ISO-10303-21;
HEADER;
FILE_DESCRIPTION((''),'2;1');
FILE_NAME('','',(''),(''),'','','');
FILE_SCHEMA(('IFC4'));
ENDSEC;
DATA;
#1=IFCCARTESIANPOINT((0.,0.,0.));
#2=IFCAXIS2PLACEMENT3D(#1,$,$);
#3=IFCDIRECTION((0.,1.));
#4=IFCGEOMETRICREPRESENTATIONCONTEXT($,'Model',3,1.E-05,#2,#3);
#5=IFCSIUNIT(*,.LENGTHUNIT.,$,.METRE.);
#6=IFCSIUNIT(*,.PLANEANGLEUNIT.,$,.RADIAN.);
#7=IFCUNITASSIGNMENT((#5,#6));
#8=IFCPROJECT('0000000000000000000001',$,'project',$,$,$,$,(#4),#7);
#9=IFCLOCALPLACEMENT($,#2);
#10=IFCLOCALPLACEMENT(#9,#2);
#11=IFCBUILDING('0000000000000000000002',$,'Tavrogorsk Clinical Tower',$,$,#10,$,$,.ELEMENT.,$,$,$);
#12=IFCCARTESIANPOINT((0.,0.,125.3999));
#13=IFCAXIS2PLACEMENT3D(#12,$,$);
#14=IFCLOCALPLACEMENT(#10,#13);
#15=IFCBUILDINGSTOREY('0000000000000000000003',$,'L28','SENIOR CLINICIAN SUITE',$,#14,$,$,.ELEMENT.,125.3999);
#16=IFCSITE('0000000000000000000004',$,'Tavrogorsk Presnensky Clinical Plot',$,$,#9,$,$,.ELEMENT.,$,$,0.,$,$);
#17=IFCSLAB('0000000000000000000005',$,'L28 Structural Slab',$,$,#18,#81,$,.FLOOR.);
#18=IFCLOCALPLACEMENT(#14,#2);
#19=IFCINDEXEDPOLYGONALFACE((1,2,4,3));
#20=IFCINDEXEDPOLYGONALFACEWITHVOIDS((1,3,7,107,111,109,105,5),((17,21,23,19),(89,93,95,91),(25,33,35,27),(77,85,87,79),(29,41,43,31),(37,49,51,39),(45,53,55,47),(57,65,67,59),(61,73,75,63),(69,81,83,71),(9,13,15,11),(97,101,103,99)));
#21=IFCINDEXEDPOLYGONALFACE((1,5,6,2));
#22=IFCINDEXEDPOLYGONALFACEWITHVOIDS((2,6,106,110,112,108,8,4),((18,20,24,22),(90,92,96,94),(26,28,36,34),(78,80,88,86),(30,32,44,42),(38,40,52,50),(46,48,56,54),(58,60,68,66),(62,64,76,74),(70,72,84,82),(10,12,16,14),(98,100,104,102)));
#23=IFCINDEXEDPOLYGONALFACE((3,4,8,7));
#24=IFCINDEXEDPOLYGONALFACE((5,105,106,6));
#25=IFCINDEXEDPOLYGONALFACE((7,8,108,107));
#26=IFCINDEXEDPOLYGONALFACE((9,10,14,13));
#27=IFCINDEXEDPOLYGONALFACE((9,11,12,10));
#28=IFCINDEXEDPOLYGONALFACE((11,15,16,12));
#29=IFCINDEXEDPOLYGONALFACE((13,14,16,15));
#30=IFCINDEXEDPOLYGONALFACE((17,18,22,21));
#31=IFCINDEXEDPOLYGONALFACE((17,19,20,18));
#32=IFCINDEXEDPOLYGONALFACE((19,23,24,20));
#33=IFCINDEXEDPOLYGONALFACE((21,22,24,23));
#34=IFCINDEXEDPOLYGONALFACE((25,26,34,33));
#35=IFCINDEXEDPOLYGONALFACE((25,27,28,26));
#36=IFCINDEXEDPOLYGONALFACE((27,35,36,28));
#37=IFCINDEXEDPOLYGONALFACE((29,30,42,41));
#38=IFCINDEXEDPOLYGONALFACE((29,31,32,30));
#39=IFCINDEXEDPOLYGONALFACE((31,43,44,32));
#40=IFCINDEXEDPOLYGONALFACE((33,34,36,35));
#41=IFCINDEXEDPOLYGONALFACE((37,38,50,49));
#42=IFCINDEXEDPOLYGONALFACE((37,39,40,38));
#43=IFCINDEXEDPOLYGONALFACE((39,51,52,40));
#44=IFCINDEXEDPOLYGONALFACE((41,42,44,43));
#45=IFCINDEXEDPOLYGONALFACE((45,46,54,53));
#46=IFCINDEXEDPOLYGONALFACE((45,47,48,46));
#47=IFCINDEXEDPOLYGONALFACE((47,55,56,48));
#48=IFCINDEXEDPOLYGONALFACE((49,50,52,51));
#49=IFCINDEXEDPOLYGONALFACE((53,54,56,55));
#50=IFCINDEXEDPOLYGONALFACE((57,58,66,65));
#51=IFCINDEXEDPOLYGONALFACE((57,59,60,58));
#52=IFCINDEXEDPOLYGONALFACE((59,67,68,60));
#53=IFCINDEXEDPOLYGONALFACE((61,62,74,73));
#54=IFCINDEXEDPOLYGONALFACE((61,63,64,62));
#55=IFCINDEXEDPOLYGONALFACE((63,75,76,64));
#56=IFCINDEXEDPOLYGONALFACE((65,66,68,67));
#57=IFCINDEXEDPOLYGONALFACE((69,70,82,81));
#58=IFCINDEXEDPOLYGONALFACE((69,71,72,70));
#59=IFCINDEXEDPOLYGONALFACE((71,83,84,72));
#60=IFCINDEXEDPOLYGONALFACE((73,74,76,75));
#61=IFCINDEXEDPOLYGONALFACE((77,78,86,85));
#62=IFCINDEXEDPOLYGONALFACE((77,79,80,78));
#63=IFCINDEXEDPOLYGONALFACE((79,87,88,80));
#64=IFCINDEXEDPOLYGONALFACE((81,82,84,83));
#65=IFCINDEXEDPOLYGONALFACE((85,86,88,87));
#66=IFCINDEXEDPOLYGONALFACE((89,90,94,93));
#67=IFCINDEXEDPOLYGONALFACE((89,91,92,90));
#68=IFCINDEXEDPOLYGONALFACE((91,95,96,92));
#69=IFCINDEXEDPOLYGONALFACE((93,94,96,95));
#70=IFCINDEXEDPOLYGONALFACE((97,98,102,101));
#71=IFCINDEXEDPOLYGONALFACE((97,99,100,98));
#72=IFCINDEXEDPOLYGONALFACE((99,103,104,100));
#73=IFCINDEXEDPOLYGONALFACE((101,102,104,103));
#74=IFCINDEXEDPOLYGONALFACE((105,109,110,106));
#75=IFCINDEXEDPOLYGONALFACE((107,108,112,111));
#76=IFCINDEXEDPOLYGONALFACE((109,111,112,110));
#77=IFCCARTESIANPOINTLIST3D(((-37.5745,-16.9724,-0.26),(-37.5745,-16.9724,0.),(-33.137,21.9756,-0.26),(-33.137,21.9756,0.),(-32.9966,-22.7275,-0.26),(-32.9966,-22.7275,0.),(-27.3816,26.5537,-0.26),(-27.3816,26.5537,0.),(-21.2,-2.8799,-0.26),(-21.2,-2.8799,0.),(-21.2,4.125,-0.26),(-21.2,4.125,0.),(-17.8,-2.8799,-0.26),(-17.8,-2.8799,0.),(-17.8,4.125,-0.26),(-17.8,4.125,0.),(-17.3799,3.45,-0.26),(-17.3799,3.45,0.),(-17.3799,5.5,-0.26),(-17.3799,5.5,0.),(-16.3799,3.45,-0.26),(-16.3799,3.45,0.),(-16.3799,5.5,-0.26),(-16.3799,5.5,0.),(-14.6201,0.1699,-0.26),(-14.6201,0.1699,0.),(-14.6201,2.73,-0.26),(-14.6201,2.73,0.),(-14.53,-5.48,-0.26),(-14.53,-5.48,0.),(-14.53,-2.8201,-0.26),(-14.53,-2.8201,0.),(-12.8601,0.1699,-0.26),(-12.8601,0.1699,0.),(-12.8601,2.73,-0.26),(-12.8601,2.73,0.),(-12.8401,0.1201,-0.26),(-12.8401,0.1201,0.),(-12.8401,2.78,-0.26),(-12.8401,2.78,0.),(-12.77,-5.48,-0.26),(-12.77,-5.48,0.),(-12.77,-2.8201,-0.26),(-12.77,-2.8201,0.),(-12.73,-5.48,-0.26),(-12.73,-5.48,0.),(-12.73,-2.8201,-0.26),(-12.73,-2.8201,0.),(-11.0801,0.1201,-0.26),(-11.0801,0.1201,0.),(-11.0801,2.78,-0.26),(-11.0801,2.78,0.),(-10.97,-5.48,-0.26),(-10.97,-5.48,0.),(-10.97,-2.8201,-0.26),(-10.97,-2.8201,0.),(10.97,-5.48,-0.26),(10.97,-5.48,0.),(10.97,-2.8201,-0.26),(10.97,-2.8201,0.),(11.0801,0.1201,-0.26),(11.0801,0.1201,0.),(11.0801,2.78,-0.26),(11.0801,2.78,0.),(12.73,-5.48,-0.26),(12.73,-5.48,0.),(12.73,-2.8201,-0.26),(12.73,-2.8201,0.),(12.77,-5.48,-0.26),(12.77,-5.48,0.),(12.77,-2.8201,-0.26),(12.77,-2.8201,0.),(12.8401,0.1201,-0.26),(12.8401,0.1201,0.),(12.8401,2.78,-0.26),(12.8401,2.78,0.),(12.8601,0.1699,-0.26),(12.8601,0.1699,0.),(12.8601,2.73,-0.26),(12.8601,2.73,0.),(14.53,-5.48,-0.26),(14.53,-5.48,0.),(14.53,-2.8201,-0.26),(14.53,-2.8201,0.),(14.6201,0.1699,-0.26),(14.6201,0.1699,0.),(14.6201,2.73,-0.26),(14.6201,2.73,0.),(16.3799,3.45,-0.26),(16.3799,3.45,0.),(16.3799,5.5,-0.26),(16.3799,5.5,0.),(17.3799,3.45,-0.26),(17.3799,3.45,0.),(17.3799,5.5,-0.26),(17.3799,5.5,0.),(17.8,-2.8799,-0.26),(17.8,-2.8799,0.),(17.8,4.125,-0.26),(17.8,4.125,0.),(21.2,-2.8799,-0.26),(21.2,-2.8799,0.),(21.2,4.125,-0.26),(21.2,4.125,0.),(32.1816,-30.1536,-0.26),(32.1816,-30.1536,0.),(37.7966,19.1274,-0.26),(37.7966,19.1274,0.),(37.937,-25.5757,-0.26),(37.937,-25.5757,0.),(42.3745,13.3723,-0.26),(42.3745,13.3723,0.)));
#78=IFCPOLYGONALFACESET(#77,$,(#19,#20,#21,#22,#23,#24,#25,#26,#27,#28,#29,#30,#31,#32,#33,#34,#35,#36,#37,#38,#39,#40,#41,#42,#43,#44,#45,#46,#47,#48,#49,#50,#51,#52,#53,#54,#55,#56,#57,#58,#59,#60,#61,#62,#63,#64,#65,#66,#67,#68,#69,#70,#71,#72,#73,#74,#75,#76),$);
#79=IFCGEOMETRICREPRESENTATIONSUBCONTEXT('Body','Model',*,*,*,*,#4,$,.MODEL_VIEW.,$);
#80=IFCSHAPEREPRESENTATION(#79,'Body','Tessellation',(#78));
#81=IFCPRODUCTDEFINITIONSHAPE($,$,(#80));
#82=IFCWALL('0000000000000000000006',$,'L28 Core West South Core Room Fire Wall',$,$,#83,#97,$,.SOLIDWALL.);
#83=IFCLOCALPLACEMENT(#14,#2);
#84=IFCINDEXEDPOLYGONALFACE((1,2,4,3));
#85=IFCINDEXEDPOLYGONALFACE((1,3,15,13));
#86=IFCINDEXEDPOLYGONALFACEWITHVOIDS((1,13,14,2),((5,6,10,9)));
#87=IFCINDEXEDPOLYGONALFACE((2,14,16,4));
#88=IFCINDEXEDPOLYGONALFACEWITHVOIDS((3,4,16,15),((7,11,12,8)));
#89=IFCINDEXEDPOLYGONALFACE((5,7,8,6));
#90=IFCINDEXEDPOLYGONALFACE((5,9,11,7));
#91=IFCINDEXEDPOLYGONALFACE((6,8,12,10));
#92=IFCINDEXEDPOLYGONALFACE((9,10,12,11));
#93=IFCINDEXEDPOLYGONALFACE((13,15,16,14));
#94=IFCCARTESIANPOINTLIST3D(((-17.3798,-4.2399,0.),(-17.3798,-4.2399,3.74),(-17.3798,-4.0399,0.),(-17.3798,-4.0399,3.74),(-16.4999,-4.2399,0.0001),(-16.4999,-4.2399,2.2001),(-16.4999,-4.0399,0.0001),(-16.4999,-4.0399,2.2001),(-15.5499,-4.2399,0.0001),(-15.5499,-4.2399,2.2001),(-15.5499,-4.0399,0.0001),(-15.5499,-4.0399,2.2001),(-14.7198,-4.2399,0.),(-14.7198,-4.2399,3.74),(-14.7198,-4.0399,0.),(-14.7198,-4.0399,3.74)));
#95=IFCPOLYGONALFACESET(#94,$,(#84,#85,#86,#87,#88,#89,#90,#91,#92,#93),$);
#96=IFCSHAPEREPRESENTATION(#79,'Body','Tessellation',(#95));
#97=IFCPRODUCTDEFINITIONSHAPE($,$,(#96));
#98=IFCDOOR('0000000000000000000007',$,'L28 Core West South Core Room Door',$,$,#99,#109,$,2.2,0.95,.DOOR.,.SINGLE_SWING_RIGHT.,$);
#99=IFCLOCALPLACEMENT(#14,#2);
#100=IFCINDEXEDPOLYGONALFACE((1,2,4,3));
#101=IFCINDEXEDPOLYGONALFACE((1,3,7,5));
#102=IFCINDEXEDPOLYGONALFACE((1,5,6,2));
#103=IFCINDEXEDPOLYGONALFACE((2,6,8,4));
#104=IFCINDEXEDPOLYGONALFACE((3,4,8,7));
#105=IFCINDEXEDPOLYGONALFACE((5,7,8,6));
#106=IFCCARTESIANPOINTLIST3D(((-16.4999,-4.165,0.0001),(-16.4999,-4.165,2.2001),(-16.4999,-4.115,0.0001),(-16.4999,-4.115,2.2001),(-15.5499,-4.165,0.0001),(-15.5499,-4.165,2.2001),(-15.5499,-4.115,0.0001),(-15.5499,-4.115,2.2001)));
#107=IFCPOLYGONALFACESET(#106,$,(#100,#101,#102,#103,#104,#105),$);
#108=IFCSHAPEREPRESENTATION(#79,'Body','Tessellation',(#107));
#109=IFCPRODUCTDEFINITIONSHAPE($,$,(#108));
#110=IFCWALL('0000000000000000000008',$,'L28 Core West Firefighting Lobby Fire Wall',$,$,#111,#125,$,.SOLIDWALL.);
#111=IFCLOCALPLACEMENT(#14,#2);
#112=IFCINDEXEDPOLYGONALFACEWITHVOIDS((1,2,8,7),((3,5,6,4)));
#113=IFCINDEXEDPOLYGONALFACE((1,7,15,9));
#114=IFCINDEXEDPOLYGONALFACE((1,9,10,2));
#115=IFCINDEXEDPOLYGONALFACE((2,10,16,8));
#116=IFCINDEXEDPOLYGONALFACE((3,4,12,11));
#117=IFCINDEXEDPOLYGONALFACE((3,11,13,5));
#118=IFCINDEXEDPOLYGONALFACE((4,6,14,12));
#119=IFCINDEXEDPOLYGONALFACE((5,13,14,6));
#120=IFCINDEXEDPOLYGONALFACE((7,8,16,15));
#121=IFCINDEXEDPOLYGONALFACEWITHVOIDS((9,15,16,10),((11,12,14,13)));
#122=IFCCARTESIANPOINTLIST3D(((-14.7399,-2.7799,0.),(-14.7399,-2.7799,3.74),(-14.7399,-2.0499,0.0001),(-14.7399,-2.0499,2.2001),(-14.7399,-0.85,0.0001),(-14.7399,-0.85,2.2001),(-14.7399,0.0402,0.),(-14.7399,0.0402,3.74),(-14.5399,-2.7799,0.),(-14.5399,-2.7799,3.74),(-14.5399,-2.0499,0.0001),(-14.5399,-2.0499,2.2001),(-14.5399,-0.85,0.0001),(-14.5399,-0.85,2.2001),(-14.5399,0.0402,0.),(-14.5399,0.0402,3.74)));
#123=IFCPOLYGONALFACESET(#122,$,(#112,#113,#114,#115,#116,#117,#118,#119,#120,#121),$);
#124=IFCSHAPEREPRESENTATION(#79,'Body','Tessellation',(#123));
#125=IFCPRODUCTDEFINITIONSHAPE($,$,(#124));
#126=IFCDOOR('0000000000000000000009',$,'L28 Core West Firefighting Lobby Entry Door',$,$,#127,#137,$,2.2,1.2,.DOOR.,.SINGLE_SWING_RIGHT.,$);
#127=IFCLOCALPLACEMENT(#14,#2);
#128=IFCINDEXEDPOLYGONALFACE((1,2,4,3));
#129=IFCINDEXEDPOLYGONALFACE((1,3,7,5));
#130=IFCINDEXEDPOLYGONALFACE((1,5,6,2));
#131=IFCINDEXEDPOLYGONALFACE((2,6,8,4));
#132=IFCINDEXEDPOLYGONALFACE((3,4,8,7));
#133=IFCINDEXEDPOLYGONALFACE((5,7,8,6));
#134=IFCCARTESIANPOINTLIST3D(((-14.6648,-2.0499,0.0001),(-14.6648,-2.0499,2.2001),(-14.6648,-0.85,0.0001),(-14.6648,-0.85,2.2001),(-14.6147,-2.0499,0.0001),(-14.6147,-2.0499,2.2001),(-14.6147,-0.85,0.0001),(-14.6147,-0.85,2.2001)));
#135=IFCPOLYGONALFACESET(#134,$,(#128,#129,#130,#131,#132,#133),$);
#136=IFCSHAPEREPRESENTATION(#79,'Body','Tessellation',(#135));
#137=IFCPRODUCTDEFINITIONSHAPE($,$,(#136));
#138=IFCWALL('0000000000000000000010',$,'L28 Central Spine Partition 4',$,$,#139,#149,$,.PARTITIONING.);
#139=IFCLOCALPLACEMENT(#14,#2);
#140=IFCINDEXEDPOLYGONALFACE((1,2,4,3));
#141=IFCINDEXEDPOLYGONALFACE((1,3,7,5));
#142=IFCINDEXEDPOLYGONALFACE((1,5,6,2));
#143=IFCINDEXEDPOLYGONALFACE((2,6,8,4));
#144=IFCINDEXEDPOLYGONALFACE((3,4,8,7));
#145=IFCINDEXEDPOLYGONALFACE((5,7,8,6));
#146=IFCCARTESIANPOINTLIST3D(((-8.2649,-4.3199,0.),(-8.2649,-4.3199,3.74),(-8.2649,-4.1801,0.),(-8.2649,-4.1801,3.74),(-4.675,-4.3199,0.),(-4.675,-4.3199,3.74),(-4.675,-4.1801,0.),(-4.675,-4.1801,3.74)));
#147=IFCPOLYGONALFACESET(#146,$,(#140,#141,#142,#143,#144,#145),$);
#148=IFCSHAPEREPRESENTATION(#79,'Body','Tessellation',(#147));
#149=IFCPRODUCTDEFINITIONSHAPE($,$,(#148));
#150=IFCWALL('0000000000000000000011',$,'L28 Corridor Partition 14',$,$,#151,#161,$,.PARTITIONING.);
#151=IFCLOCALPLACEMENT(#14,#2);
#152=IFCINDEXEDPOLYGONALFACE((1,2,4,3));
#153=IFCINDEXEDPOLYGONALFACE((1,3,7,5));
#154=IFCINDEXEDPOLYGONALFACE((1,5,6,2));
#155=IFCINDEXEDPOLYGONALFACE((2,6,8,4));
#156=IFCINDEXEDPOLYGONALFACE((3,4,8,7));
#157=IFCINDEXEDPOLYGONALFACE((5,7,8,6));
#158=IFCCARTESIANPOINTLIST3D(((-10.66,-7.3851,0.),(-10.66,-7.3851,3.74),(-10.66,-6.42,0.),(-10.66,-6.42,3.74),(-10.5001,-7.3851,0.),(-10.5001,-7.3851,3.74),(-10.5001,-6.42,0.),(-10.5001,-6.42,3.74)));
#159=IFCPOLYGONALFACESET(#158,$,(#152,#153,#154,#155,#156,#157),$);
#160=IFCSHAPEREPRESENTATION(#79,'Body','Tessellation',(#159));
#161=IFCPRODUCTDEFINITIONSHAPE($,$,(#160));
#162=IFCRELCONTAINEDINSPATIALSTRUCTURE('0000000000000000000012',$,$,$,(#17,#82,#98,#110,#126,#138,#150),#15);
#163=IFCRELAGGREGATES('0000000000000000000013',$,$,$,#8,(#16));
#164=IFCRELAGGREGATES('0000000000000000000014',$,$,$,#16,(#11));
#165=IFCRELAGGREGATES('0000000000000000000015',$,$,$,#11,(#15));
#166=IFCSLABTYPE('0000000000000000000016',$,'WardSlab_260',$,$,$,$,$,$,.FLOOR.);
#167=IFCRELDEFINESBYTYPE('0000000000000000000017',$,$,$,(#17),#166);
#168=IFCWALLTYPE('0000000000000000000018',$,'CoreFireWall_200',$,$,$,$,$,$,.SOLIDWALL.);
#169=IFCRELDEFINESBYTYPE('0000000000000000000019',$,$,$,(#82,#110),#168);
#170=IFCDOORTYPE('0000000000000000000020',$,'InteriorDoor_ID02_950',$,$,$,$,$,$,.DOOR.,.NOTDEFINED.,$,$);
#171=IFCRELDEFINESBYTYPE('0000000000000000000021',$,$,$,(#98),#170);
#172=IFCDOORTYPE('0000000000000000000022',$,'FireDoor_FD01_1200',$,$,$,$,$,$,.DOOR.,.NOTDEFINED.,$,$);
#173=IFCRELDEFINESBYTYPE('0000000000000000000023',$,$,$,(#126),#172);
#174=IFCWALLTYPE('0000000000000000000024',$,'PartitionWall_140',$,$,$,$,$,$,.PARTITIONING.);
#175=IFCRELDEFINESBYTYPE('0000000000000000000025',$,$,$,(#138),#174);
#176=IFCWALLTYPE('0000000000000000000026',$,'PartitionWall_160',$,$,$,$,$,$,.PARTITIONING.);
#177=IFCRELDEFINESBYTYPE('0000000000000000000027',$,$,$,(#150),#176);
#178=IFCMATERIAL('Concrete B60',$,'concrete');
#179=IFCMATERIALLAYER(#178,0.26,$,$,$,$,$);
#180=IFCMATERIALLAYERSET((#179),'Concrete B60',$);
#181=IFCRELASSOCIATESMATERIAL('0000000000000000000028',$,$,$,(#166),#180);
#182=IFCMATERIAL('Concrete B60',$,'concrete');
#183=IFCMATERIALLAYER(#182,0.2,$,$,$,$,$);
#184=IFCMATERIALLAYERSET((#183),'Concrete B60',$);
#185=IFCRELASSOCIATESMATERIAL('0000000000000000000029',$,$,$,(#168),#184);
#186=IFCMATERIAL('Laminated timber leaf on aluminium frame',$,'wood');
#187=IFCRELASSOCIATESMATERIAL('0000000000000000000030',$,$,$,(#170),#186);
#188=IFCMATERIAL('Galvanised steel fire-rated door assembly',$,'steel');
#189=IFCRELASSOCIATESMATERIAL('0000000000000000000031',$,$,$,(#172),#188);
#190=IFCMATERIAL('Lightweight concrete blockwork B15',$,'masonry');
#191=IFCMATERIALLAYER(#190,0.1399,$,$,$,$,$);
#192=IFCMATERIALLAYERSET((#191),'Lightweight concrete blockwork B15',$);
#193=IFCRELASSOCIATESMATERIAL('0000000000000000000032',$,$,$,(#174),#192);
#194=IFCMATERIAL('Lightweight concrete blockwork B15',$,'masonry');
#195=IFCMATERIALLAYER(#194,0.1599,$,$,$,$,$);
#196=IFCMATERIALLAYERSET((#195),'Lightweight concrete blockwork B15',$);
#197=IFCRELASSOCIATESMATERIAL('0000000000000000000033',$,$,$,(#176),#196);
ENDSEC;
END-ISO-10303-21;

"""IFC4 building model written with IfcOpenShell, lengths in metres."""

from ifc_helpers import new_model, si_unit, direction, frame, frame_2d, origin, place, context, subcontext, project, spatial, polyline, rectangle, outline, extrude, material, layer, layer_set, type_object, element, fill, save


model = new_model("IFC4")

# Units and contexts
model_context = context("Model", 3, precision=1e-05, world=origin(), true_north=direction((0.0, 1.0)))
body_context = subcontext(model_context, "Body", "Model", "MODEL_VIEW")
ifc_project = project(units=[si_unit("LENGTHUNIT", "METRE"), si_unit("PLANEANGLEUNIT", "RADIAN")], contexts=[model_context])

# Site, building, storey
site_placement = place(None, origin())
site = spatial("IfcSite", under=ifc_project, at=site_placement, Name="Tavrogorsk Presnensky Clinical Plot", CompositionType="ELEMENT", RefElevation=0.0)
building_placement = place(site_placement, origin())
building = spatial("IfcBuilding", under=site, at=building_placement, Name="Tavrogorsk Clinical Tower", CompositionType="ELEMENT")
storey_placement = place(building_placement, frame((0.0, 0.0, 125.3999)))
storey = spatial("IfcBuildingStorey", under=building, at=storey_placement, Name="L28", Description="SENIOR CLINICIAN SUITE", CompositionType="ELEMENT", Elevation=125.3999)

# Slab
ifc_material_1 = material(Name="Concrete B60", Category="concrete")
ifc_layer_1 = layer(ifc_material_1, 0.26)
ifc_layer_set_1 = layer_set([ifc_layer_1], Name="Concrete B60")
slab_type_1 = type_object("IfcSlabType", Name="WardSlab_260", PredefinedType="FLOOR", material=ifc_layer_set_1)
slab_1_placement = place(storey_placement, frame((0.0, 0.0, -0.26)))
element("IfcSlab", 1, at=slab_1_placement, inside=storey, type_object=slab_type_1, Name="L28 Structural Slab", PredefinedType="FLOOR", context=body_context, shape_type="SweptSolid", body=[
    extrude(outline(polyline([(-32.9966, -22.7275), (32.1816, -30.1536), (37.937, -25.5757), (42.3745, 13.3723), (37.7966, 19.1274), (-27.3816, 26.5537), (-33.137, 21.9756), (-37.5745, -16.9724), (-32.9966, -22.7275)]), holes=[polyline([(-17.8, -2.8799), (-17.8, 4.125), (-21.2, 4.125), (-21.2, -2.8799), (-17.8, -2.8799)]), polyline([(21.2, -2.8799), (21.2, 4.125), (17.8, 4.125), (17.8, -2.8799), (21.2, -2.8799)]), polyline([(-14.6201, 0.1699), (-12.8601, 0.1699), (-12.8601, 2.73), (-14.6201, 2.73), (-14.6201, 0.1699)]), polyline([(-14.53, -5.48), (-12.77, -5.48), (-12.77, -2.8201), (-14.53, -2.8201), (-14.53, -5.48)]), polyline([(-12.73, -5.48), (-10.97, -5.48), (-10.97, -2.8201), (-12.73, -2.8201), (-12.73, -5.48)]), polyline([(-12.8401, 0.1201), (-11.0801, 0.1201), (-11.0801, 2.78), (-12.8401, 2.78), (-12.8401, 0.1201)]), polyline([(12.8601, 0.1699), (14.6201, 0.1699), (14.6201, 2.73), (12.8601, 2.73), (12.8601, 0.1699)]), polyline([(12.77, -5.48), (14.53, -5.48), (14.53, -2.8201), (12.77, -2.8201), (12.77, -5.48)]), polyline([(10.97, -5.48), (12.73, -5.48), (12.73, -2.8201), (10.97, -2.8201), (10.97, -5.48)]), polyline([(11.0801, 0.1201), (12.8401, 0.1201), (12.8401, 2.78), (11.0801, 2.78), (11.0801, 0.1201)]), polyline([(-17.3799, 3.45), (-16.3799, 3.45), (-16.3799, 5.5), (-17.3799, 5.5), (-17.3799, 3.45)]), polyline([(16.3799, 3.45), (17.3799, 3.45), (17.3799, 5.5), (16.3799, 5.5), (16.3799, 3.45)])]), origin(), (0.0, 0.0, 1.0), 0.26),
])

# Walls, openings, doors
ifc_material_2 = material(Name="Concrete B60", Category="concrete")
ifc_layer_2 = layer(ifc_material_2, 0.2)
ifc_layer_set_2 = layer_set([ifc_layer_2], Name="Concrete B60")
wall_type_1 = type_object("IfcWallType", Name="CoreFireWall_200", PredefinedType="SOLIDWALL", material=ifc_layer_set_2)
wall_1_placement = place(storey_placement, frame((-17.3799, -4.1399, 0.0), z_axis=(0.0, 0.0, 1.0), x_axis=(1.0, 0.0, 0.0)))
wall_1 = element("IfcWall", 2, at=wall_1_placement, inside=storey, type_object=wall_type_1, Name="L28 Core West South Core Room Fire Wall", PredefinedType="SOLIDWALL", context=body_context, shape_type="SweptSolid", body=[
    extrude(rectangle(XDim=2.6599, YDim=0.2, at=frame_2d((1.3301, 0.0))), origin(), (0.0, 0.0, 1.0), 3.74),
])
opening_1_placement = place(wall_1_placement, frame((0.8799, 0.0, 0.0)))
opening_1 = element("IfcOpeningElement", 3, at=opening_1_placement, cuts=wall_1, PredefinedType="OPENING", context=body_context, shape_type="SweptSolid", body=[
    extrude(rectangle(XDim=0.95, YDim=2.2, at=frame_2d((0.4751, 1.1001))), frame((0.0, 0.1099, 0.0), z_axis=(0.0, -1.0, 0.0), x_axis=(1.0, 0.0, 0.0)), (0.0, 0.0, 1.0), 0.22),
])
ifc_material_3 = material(Name="Laminated timber leaf on aluminium frame", Category="wood")
door_type_1 = type_object("IfcDoorType", Name="InteriorDoor_ID02_950", OperationType="NOTDEFINED", PredefinedType="DOOR", material=ifc_material_3)
door_1_placement = place(opening_1_placement, origin())
door_1 = element("IfcDoor", 4, at=door_1_placement, inside=storey, type_object=door_type_1, Name="L28 Core West South Core Room Door", OperationType="SINGLE_SWING_RIGHT", OverallHeight=2.2, OverallWidth=0.95, PredefinedType="DOOR", context=body_context, shape_type="SweptSolid", body=[
    extrude(rectangle(XDim=0.95, YDim=2.2, at=frame_2d((0.4751, 1.1001))), frame((0.0, 0.0249, 0.0), z_axis=(0.0, -1.0, 0.0), x_axis=(1.0, 0.0, 0.0)), (0.0, 0.0, 1.0), 0.05),
])
fill(opening_1, door_1)
wall_2_placement = place(storey_placement, frame((-14.6399, -2.78, 0.0), z_axis=(0.0, 0.0, 1.0), x_axis=(0.0, 1.0, 0.0)))
wall_2 = element("IfcWall", 5, at=wall_2_placement, inside=storey, type_object=wall_type_1, Name="L28 Core West Firefighting Lobby Fire Wall", PredefinedType="SOLIDWALL", context=body_context, shape_type="SweptSolid", body=[
    extrude(rectangle(XDim=2.8201, YDim=0.2, at=frame_2d((1.4102, 0.0))), origin(), (0.0, 0.0, 1.0), 3.74),
])
opening_2_placement = place(wall_2_placement, frame((0.73, 0.0, 0.0)))
opening_2 = element("IfcOpeningElement", 6, at=opening_2_placement, cuts=wall_2, PredefinedType="OPENING", context=body_context, shape_type="SweptSolid", body=[
    extrude(rectangle(XDim=1.2, YDim=2.2, at=frame_2d((0.6001, 1.1001))), frame((0.0, 0.1099, 0.0), z_axis=(0.0, -1.0, 0.0), x_axis=(1.0, 0.0, 0.0)), (0.0, 0.0, 1.0), 0.22),
])
ifc_material_4 = material(Name="Galvanised steel fire-rated door assembly", Category="steel")
door_type_2 = type_object("IfcDoorType", Name="FireDoor_FD01_1200", OperationType="NOTDEFINED", PredefinedType="DOOR", material=ifc_material_4)
door_2_placement = place(opening_2_placement, origin())
door_2 = element("IfcDoor", 7, at=door_2_placement, inside=storey, type_object=door_type_2, Name="L28 Core West Firefighting Lobby Entry Door", OperationType="SINGLE_SWING_RIGHT", OverallHeight=2.2, OverallWidth=1.2, PredefinedType="DOOR", context=body_context, shape_type="SweptSolid", body=[
    extrude(rectangle(XDim=1.2, YDim=2.2, at=frame_2d((0.6001, 1.1001))), frame((0.0, 0.0249, 0.0), z_axis=(0.0, -1.0, 0.0), x_axis=(1.0, 0.0, 0.0)), (0.0, 0.0, 1.0), 0.05),
])
fill(opening_2, door_2)

# Walls
ifc_material_5 = material(Name="Lightweight concrete blockwork B15", Category="masonry")
ifc_layer_3 = layer(ifc_material_5, 0.1399)
ifc_layer_set_3 = layer_set([ifc_layer_3], Name="Lightweight concrete blockwork B15")
wall_type_2 = type_object("IfcWallType", Name="PartitionWall_140", PredefinedType="PARTITIONING", material=ifc_layer_set_3)
wall_3_placement = place(storey_placement, frame((-8.2649, -4.25, 0.0), z_axis=(0.0, 0.0, 1.0), x_axis=(1.0, 0.0, 0.0)))
element("IfcWall", 8, at=wall_3_placement, inside=storey, type_object=wall_type_2, Name="L28 Central Spine Partition 4", PredefinedType="PARTITIONING", context=body_context, shape_type="SweptSolid", body=[
    extrude(rectangle(XDim=3.5898, YDim=0.1399, at=frame_2d((1.7949, 0.0))), origin(), (0.0, 0.0, 1.0), 3.74),
])
ifc_material_6 = material(Name="Lightweight concrete blockwork B15", Category="masonry")
ifc_layer_4 = layer(ifc_material_6, 0.1599)
ifc_layer_set_4 = layer_set([ifc_layer_4], Name="Lightweight concrete blockwork B15")
wall_type_3 = type_object("IfcWallType", Name="PartitionWall_160", PredefinedType="PARTITIONING", material=ifc_layer_set_4)
wall_4_placement = place(storey_placement, frame((-10.5801, -7.385, 0.0), z_axis=(0.0, 0.0, 1.0), x_axis=(0.0, 1.0, 0.0)))
element("IfcWall", 9, at=wall_4_placement, inside=storey, type_object=wall_type_3, Name="L28 Corridor Partition 14", PredefinedType="PARTITIONING", context=body_context, shape_type="SweptSolid", body=[
    extrude(rectangle(XDim=0.9651, YDim=0.1599, at=frame_2d((0.4824, 0.0))), origin(), (0.0, 0.0, 1.0), 3.74),
])

save(model, "model.ifc")
